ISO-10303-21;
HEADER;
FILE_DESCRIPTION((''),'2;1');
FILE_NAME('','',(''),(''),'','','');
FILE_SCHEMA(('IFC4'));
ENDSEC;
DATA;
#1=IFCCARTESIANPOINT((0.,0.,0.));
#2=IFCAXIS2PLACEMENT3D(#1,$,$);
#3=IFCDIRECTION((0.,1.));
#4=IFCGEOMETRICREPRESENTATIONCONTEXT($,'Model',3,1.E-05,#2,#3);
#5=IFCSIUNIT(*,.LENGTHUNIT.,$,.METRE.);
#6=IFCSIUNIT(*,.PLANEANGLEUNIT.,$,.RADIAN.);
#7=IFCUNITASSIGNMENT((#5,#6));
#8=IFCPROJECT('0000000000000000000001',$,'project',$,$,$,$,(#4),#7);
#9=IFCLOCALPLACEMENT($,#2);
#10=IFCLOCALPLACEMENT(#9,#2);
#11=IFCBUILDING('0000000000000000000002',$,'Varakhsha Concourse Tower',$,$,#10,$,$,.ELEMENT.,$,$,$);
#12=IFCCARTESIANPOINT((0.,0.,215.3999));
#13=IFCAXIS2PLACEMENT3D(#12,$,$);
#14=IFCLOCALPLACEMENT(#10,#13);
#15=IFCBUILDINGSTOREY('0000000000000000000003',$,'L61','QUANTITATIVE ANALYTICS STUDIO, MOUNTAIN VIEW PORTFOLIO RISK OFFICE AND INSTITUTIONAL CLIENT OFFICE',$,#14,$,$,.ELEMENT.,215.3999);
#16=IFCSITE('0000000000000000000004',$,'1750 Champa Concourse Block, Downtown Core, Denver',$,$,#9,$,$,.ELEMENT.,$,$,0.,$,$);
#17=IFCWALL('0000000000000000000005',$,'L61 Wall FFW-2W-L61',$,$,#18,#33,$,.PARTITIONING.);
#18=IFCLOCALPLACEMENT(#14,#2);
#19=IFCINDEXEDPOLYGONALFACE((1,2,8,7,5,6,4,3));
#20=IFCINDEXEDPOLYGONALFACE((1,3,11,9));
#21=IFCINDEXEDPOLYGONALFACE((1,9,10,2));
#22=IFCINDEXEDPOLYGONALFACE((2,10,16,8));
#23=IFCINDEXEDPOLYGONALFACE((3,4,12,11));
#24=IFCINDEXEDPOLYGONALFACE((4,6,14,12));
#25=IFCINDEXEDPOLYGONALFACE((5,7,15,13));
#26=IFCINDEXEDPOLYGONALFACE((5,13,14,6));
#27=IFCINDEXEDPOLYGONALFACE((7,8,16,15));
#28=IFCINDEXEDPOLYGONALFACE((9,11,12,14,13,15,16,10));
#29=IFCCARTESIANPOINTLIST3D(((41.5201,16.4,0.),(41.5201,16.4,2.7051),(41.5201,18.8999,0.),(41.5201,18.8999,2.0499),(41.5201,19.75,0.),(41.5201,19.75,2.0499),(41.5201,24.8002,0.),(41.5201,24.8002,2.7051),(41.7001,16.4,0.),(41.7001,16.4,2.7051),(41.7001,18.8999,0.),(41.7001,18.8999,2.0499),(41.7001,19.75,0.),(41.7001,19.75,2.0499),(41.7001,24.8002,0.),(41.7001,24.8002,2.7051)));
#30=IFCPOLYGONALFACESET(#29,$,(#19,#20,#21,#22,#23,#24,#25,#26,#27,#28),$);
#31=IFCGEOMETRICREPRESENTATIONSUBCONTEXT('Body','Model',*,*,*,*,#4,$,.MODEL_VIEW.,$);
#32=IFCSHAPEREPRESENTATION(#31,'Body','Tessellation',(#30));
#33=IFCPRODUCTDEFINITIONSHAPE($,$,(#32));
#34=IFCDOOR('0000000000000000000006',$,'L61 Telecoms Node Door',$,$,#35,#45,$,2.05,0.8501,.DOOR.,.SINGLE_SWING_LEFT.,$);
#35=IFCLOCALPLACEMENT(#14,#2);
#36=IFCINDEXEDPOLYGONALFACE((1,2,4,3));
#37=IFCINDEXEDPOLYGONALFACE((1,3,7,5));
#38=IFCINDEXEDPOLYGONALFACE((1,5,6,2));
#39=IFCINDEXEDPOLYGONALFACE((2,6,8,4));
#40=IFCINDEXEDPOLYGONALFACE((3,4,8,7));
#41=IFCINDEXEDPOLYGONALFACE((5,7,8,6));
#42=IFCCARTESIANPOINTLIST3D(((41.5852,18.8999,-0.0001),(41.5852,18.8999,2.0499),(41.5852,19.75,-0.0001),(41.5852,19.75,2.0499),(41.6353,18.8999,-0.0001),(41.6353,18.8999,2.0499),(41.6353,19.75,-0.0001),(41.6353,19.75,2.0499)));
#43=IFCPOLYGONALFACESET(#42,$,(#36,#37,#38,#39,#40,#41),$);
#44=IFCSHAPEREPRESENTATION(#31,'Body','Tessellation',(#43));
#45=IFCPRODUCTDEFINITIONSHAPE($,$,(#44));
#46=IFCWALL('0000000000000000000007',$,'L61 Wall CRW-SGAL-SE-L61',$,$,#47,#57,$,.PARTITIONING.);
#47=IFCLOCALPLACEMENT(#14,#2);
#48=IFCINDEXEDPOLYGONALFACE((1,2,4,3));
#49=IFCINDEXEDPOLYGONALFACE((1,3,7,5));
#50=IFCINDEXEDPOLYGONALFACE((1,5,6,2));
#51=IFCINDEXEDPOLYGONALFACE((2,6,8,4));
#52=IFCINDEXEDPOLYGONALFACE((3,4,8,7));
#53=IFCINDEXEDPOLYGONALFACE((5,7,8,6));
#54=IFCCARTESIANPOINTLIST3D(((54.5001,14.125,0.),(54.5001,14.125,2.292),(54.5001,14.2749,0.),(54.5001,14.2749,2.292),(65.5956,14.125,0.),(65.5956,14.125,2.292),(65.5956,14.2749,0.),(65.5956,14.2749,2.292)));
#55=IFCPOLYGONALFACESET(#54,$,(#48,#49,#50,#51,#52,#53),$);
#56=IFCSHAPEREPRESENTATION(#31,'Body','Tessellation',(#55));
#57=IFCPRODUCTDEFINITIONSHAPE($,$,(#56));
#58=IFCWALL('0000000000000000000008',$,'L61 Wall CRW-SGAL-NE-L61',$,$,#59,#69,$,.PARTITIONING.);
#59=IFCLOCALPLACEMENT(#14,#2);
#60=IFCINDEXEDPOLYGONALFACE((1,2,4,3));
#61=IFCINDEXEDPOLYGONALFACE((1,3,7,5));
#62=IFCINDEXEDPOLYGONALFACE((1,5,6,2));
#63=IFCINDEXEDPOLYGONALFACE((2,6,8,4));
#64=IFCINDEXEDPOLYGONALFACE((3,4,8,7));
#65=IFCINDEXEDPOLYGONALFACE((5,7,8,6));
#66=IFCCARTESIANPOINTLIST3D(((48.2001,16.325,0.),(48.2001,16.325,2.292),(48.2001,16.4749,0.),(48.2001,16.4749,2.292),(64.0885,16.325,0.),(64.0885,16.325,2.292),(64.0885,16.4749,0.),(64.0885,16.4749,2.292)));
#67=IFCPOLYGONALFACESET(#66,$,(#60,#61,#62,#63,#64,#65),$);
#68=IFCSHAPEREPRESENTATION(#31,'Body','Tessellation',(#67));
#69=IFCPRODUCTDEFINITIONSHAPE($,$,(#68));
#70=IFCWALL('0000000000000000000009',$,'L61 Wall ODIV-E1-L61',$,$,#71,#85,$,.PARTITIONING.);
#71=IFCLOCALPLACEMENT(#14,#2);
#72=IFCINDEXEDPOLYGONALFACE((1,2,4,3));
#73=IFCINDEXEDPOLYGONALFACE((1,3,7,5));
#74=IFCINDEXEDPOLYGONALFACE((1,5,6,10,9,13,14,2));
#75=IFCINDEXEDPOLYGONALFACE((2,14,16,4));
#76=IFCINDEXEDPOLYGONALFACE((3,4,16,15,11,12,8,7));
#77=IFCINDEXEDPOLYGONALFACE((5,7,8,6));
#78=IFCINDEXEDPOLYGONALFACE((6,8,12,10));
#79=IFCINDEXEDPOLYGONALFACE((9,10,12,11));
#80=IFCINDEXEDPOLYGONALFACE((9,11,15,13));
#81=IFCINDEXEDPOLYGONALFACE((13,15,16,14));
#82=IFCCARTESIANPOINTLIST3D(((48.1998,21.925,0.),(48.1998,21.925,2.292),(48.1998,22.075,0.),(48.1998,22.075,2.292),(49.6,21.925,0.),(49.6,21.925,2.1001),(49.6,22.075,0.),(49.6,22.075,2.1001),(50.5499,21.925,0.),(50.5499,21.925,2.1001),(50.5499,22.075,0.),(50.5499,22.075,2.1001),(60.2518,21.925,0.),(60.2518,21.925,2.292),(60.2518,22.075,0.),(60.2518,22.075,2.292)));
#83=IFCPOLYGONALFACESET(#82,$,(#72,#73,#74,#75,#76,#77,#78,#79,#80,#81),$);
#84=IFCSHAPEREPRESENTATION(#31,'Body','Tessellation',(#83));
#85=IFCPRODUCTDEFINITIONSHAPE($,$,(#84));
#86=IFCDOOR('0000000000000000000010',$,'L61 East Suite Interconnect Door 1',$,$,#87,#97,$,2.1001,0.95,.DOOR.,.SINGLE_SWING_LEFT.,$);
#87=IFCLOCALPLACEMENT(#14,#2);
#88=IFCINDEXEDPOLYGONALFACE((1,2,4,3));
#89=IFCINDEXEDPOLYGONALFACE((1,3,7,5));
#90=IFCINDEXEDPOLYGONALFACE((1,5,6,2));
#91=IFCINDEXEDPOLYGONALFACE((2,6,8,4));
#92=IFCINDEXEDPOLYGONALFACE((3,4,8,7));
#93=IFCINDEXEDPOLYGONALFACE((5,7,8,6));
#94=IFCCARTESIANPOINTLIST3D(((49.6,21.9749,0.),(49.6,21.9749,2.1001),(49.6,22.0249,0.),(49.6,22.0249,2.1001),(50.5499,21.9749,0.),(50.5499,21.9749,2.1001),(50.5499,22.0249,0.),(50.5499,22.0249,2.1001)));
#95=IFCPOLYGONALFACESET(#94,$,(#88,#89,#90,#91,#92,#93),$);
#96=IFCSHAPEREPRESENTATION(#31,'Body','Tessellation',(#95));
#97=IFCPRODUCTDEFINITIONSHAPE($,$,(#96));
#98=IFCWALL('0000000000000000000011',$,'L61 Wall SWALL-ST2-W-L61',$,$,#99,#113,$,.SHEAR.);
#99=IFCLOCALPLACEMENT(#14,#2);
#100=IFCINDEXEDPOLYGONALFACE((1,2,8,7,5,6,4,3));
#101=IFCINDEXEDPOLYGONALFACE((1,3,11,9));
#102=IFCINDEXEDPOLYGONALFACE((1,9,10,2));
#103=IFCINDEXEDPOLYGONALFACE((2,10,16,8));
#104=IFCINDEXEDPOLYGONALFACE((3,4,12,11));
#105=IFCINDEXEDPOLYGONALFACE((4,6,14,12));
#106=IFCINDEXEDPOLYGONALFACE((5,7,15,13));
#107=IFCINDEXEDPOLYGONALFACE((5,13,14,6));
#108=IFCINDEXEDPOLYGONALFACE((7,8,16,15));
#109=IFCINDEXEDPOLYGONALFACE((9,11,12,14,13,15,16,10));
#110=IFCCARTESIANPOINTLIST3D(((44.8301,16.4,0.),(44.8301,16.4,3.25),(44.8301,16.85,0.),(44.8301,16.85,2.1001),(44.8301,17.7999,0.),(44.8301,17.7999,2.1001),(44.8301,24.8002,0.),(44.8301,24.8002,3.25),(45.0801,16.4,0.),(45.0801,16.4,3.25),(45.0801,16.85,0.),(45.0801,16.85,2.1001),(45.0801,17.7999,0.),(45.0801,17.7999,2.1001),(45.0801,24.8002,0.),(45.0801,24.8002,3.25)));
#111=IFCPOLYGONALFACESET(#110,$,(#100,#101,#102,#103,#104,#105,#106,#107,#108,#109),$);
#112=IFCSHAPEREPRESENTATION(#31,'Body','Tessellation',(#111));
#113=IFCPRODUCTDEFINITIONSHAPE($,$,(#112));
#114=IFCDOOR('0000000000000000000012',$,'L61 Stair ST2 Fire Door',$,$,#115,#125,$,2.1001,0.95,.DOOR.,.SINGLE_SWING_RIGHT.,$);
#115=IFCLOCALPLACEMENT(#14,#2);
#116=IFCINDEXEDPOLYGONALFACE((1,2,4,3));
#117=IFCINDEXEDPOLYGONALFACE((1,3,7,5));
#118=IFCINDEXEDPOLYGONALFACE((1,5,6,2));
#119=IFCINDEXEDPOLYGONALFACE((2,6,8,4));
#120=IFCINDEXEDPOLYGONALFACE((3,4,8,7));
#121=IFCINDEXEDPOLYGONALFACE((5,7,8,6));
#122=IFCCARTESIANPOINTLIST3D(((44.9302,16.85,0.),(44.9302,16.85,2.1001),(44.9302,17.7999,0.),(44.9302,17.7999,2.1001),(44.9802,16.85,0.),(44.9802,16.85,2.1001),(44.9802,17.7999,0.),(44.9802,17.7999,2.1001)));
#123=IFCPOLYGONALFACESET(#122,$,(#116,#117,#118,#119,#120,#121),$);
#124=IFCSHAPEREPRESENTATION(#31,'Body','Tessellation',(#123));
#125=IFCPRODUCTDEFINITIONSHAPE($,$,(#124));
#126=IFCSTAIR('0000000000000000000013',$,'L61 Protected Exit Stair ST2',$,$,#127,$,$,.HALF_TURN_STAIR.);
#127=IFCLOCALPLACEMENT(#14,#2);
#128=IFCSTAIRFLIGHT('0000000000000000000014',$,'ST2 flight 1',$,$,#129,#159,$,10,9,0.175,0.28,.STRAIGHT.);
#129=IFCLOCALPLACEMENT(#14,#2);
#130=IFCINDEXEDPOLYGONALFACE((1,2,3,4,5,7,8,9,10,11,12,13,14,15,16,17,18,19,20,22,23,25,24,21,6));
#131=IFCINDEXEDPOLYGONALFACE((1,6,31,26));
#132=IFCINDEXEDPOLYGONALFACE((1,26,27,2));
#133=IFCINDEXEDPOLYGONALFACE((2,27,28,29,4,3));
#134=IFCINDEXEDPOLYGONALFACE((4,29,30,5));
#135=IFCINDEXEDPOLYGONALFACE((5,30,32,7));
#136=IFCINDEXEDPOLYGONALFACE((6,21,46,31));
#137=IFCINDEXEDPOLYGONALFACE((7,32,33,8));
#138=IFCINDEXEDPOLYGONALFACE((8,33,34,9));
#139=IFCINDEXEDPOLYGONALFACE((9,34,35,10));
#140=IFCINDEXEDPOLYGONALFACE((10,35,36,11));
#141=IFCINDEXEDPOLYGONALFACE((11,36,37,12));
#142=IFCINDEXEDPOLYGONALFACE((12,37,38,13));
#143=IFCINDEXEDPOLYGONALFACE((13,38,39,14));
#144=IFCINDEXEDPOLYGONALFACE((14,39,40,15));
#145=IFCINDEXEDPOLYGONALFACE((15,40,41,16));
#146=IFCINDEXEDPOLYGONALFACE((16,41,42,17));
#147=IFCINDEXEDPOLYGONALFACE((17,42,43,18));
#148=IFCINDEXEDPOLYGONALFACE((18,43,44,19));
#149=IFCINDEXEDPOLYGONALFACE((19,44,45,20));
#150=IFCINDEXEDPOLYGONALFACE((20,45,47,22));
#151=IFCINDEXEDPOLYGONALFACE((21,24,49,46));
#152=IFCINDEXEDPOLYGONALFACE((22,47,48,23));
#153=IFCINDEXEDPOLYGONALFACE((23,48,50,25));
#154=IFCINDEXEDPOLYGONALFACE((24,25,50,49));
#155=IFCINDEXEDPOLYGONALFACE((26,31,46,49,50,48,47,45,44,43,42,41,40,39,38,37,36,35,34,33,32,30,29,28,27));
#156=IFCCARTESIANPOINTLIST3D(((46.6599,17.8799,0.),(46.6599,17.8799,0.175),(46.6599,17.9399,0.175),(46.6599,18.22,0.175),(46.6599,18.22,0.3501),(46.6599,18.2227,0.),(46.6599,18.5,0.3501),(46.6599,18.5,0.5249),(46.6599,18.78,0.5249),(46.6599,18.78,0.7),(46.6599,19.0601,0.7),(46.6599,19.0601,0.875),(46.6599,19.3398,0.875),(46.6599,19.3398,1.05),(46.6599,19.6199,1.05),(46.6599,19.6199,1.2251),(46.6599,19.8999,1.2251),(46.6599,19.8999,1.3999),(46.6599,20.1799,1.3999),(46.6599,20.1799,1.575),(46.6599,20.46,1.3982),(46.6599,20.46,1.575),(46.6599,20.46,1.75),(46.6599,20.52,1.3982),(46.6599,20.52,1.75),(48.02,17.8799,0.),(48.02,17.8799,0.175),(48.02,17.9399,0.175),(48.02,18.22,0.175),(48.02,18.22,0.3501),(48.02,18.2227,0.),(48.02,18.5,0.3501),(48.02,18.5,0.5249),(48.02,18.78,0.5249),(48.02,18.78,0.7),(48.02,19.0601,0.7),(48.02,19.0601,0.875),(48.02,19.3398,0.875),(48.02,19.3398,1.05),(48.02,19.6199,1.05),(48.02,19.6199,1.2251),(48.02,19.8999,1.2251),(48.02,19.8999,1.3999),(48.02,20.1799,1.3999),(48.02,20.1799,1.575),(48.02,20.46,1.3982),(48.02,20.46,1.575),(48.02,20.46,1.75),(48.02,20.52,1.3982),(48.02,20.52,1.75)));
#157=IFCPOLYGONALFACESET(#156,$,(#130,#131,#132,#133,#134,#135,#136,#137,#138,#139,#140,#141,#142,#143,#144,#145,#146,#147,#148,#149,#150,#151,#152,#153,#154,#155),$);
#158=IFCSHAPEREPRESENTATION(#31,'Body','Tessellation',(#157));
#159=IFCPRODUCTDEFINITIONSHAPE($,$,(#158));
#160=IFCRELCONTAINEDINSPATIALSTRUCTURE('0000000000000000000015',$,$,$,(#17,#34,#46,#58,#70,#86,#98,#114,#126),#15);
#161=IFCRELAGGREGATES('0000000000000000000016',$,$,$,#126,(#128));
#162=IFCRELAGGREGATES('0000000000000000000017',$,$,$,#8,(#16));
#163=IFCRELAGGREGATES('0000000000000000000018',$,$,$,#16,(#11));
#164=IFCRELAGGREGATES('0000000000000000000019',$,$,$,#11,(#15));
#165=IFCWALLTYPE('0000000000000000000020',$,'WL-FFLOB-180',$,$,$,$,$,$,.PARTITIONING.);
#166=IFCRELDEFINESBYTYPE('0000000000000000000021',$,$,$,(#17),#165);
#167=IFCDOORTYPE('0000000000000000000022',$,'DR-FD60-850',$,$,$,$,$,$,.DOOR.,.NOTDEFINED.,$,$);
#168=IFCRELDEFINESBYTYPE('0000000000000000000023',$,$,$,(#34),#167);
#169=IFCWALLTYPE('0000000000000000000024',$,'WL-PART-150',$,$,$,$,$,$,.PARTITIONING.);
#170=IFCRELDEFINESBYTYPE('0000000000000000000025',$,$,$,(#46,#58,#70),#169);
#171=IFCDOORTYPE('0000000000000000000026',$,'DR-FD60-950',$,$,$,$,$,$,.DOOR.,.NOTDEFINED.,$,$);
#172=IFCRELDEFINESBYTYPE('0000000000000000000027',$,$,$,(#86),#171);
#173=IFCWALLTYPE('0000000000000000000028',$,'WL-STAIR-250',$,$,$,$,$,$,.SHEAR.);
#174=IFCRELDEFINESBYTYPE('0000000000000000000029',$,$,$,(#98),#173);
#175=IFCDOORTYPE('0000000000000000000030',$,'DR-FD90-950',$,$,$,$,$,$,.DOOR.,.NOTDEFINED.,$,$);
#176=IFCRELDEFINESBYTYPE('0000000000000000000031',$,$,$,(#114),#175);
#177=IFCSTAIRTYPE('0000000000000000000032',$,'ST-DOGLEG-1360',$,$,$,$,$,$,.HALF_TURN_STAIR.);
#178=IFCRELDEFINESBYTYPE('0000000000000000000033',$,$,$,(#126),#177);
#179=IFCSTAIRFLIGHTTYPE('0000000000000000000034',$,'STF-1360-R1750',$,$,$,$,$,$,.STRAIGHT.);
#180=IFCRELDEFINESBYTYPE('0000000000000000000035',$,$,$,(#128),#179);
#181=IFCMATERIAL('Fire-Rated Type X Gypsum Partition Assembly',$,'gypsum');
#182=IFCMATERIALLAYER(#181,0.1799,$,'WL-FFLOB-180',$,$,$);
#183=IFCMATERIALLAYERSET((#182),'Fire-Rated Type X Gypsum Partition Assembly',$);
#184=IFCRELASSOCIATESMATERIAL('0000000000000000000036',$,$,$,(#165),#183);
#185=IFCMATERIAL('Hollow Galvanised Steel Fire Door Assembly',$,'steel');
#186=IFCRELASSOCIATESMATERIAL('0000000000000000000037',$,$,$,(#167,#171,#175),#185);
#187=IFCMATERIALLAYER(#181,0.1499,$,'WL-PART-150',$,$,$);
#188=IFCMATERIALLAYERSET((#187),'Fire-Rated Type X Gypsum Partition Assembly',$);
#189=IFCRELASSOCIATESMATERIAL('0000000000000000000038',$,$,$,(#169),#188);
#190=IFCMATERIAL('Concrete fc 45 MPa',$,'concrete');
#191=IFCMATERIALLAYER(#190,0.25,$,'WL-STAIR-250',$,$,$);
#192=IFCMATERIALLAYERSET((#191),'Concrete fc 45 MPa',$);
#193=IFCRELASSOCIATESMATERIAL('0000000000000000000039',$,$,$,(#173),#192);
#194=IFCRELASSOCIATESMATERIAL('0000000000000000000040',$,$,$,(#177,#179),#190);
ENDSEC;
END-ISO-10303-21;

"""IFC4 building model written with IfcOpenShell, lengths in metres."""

from ifc_helpers import new_model, si_unit, direction, frame, frame_2d, origin, place, context, subcontext, project, spatial, polyline, rectangle, outline, extrude, material, layer, layer_set, type_object, element, fill, aggregate, save


model = new_model("IFC4")

# Units and contexts
model_context = context("Model", 3, precision=1e-05, world=origin(), true_north=direction((0.0, 1.0)))
body_context = subcontext(model_context, "Body", "Model", "MODEL_VIEW")
ifc_project = project(units=[si_unit("LENGTHUNIT", "METRE"), si_unit("PLANEANGLEUNIT", "RADIAN")], contexts=[model_context])

# Site, building, storey
site_placement = place(None, origin())
site = spatial("IfcSite", under=ifc_project, at=site_placement, Name="1750 Champa Concourse Block, Downtown Core, Denver", CompositionType="ELEMENT", RefElevation=0.0)
building_placement = place(site_placement, origin())
building = spatial("IfcBuilding", under=site, at=building_placement, Name="Varakhsha Concourse Tower", CompositionType="ELEMENT")
storey_placement = place(building_placement, frame((0.0, 0.0, 215.3999)))
storey = spatial("IfcBuildingStorey", under=building, at=storey_placement, Name="L61", Description="QUANTITATIVE ANALYTICS STUDIO, MOUNTAIN VIEW PORTFOLIO RISK OFFICE AND INSTITUTIONAL CLIENT OFFICE", CompositionType="ELEMENT", Elevation=215.3999)

# Wall, opening, door
ifc_material_1 = material(Name="Fire-Rated Type X Gypsum Partition Assembly", Category="gypsum")
ifc_layer_1 = layer(ifc_material_1, 0.1799, Name="WL-FFLOB-180")
ifc_layer_set_1 = layer_set([ifc_layer_1], Name="Fire-Rated Type X Gypsum Partition Assembly")
wall_type_1 = type_object("IfcWallType", Name="WL-FFLOB-180", PredefinedType="PARTITIONING", material=ifc_layer_set_1)
wall_1_placement = place(storey_placement, frame((41.6101, 16.3999, 0.0), z_axis=(0.0, 0.0, 1.0), x_axis=(0.0, 1.0, 0.0)))
wall_1 = element("IfcWall", 1, at=wall_1_placement, inside=storey, type_object=wall_type_1, Name="L61 Wall FFW-2W-L61", PredefinedType="PARTITIONING", context=body_context, shape_type="SweptSolid", body=[
    extrude(rectangle(XDim=8.4001, YDim=0.1799, at=frame_2d((4.2002, 0.0))), origin(), (0.0, 0.0, 1.0), 2.7051),
])
opening_1_placement = place(wall_1_placement, frame((2.5, 0.0, 0.0)))
opening_1 = element("IfcOpeningElement", 2, at=opening_1_placement, cuts=wall_1, PredefinedType="OPENING", context=body_context, shape_type="SweptSolid", body=[
    extrude(rectangle(XDim=0.8501, YDim=2.05, at=frame_2d((0.425, 1.0249))), frame((0.0, 0.0999, 0.0), z_axis=(0.0, -1.0, 0.0), x_axis=(1.0, 0.0, 0.0)), (0.0, 0.0, 1.0), 0.2),
])
ifc_material_2 = material(Name="Hollow Galvanised Steel Fire Door Assembly", Category="steel")
door_type_1 = type_object("IfcDoorType", Name="DR-FD60-850", OperationType="NOTDEFINED", PredefinedType="DOOR", material=ifc_material_2)
door_1_placement = place(opening_1_placement, origin())
door_1 = element("IfcDoor", 3, at=door_1_placement, inside=storey, type_object=door_type_1, Name="L61 Telecoms Node Door", OperationType="SINGLE_SWING_LEFT", OverallHeight=2.05, OverallWidth=0.8501, PredefinedType="DOOR", context=body_context, shape_type="SweptSolid", body=[
    extrude(rectangle(XDim=0.8501, YDim=2.05, at=frame_2d((0.425, 1.0249))), frame((0.0, 0.0249, 0.0), z_axis=(0.0, -1.0, 0.0), x_axis=(1.0, 0.0, 0.0)), (0.0, 0.0, 1.0), 0.05),
])
fill(opening_1, door_1)

# Walls
ifc_layer_2 = layer(ifc_material_1, 0.1499, Name="WL-PART-150")
ifc_layer_set_2 = layer_set([ifc_layer_2], Name="Fire-Rated Type X Gypsum Partition Assembly")
wall_type_2 = type_object("IfcWallType", Name="WL-PART-150", PredefinedType="PARTITIONING", material=ifc_layer_set_2)
wall_2_placement = place(storey_placement, frame((54.5, 14.2, 0.0), z_axis=(0.0, 0.0, 1.0), x_axis=(1.0, 0.0, 0.0)))
element("IfcWall", 4, at=wall_2_placement, inside=storey, type_object=wall_type_2, Name="L61 Wall CRW-SGAL-SE-L61", PredefinedType="PARTITIONING", context=body_context, shape_type="SweptSolid", body=[
    extrude(rectangle(XDim=11.0955, YDim=0.1499, at=frame_2d((5.5479, 0.0))), origin(), (0.0, 0.0, 1.0), 2.292),
])
wall_3_placement = place(storey_placement, frame((48.2, 16.3999, 0.0), z_axis=(0.0, 0.0, 1.0), x_axis=(1.0, 0.0, 0.0)))
element("IfcWall", 5, at=wall_3_placement, inside=storey, type_object=wall_type_2, Name="L61 Wall CRW-SGAL-NE-L61", PredefinedType="PARTITIONING", context=body_context, shape_type="SweptSolid", body=[
    extrude(rectangle(XDim=15.8884, YDim=0.1499, at=frame_2d((7.9443, 0.0))), origin(), (0.0, 0.0, 1.0), 2.292),
])

# Walls, openings, doors
wall_4_placement = place(storey_placement, frame((48.2, 22.0, 0.0), z_axis=(0.0, 0.0, 1.0), x_axis=(1.0, 0.0, 0.0)))
wall_4 = element("IfcWall", 6, at=wall_4_placement, inside=storey, type_object=wall_type_2, Name="L61 Wall ODIV-E1-L61", PredefinedType="PARTITIONING", context=body_context, shape_type="SweptSolid", body=[
    extrude(rectangle(XDim=12.052, YDim=0.1499, at=frame_2d((6.0259, 0.0))), origin(), (0.0, 0.0, 1.0), 2.292),
])
opening_2_placement = place(wall_4_placement, frame((1.3999, 0.0, 0.0)))
opening_2 = element("IfcOpeningElement", 7, at=opening_2_placement, cuts=wall_4, PredefinedType="OPENING", context=body_context, shape_type="SweptSolid", body=[
    extrude(rectangle(XDim=0.95, YDim=2.1001, at=frame_2d((0.4751, 1.05))), frame((0.0, 0.085, 0.0), z_axis=(0.0, -1.0, 0.0), x_axis=(1.0, 0.0, 0.0)), (0.0, 0.0, 1.0), 0.1699),
])
door_type_2 = type_object("IfcDoorType", Name="DR-FD60-950", OperationType="NOTDEFINED", PredefinedType="DOOR", material=ifc_material_2)
door_2_placement = place(opening_2_placement, origin())
door_2 = element("IfcDoor", 8, at=door_2_placement, inside=storey, type_object=door_type_2, Name="L61 East Suite Interconnect Door 1", OperationType="SINGLE_SWING_LEFT", OverallHeight=2.1001, OverallWidth=0.95, PredefinedType="DOOR", context=body_context, shape_type="SweptSolid", body=[
    extrude(rectangle(XDim=0.95, YDim=2.1001, at=frame_2d((0.4751, 1.05))), frame((0.0, 0.0249, 0.0), z_axis=(0.0, -1.0, 0.0), x_axis=(1.0, 0.0, 0.0)), (0.0, 0.0, 1.0), 0.05),
])
fill(opening_2, door_2)
ifc_material_3 = material(Name="Concrete fc 45 MPa", Category="concrete")
ifc_layer_3 = layer(ifc_material_3, 0.25, Name="WL-STAIR-250")
ifc_layer_set_3 = layer_set([ifc_layer_3], Name="Concrete fc 45 MPa")
wall_type_3 = type_object("IfcWallType", Name="WL-STAIR-250", PredefinedType="SHEAR", material=ifc_layer_set_3)
wall_5_placement = place(storey_placement, frame((44.9551, 16.3999, 0.0), z_axis=(0.0, 0.0, 1.0), x_axis=(0.0, 1.0, 0.0)))
wall_5 = element("IfcWall", 9, at=wall_5_placement, inside=storey, type_object=wall_type_3, Name="L61 Wall SWALL-ST2-W-L61", PredefinedType="SHEAR", context=body_context, shape_type="SweptSolid", body=[
    extrude(rectangle(XDim=8.4001, YDim=0.25, at=frame_2d((4.2002, 0.0))), origin(), (0.0, 0.0, 1.0), 3.25),
])
opening_3_placement = place(wall_5_placement, frame((0.45, 0.0, 0.0)))
opening_3 = element("IfcOpeningElement", 10, at=opening_3_placement, cuts=wall_5, PredefinedType="OPENING", context=body_context, shape_type="SweptSolid", body=[
    extrude(rectangle(XDim=0.95, YDim=2.1001, at=frame_2d((0.4751, 1.05))), frame((0.0, 0.135, 0.0), z_axis=(0.0, -1.0, 0.0), x_axis=(1.0, 0.0, 0.0)), (0.0, 0.0, 1.0), 0.27),
])
door_type_3 = type_object("IfcDoorType", Name="DR-FD90-950", OperationType="NOTDEFINED", PredefinedType="DOOR", material=ifc_material_2)
door_3_placement = place(opening_3_placement, origin())
door_3 = element("IfcDoor", 11, at=door_3_placement, inside=storey, type_object=door_type_3, Name="L61 Stair ST2 Fire Door", OperationType="SINGLE_SWING_RIGHT", OverallHeight=2.1001, OverallWidth=0.95, PredefinedType="DOOR", context=body_context, shape_type="SweptSolid", body=[
    extrude(rectangle(XDim=0.95, YDim=2.1001, at=frame_2d((0.4751, 1.05))), frame((0.0, 0.0249, 0.0), z_axis=(0.0, -1.0, 0.0), x_axis=(1.0, 0.0, 0.0)), (0.0, 0.0, 1.0), 0.05),
])
fill(opening_3, door_3)

# Stair, stair flight
stair_type = type_object("IfcStairType", Name="ST-DOGLEG-1360", PredefinedType="HALF_TURN_STAIR", material=ifc_material_3)
stair_placement = place(storey_placement, origin())
stair = element("IfcStair", 12, at=stair_placement, inside=storey, type_object=stair_type, Name="L61 Protected Exit Stair ST2", PredefinedType="HALF_TURN_STAIR")
stair_flight_type = type_object("IfcStairFlightType", Name="STF-1360-R1750", PredefinedType="STRAIGHT", material=ifc_material_3)
stair_flight_1_placement = place(storey_placement, frame((47.3401, 17.9399, 0.0), z_axis=(0.0, 0.0, 1.0), x_axis=(0.0, 1.0, 0.0)))
stair_flight_1 = element("IfcStairFlight", 13, at=stair_flight_1_placement, type_object=stair_flight_type, Name="ST2 flight 1", NumberOfRisers=10, NumberOfTreads=9, PredefinedType="STRAIGHT", RiserHeight=0.175, TreadLength=0.28, context=body_context, shape_type="SweptSolid", body=[
    extrude(outline(polyline([(-0.0601, 0.0), (-0.0601, 0.175), (0.0, 0.175), (0.28, 0.175), (0.28, 0.3501), (0.5601, 0.3501), (0.5601, 0.5249), (0.8401, 0.5249), (0.8401, 0.7), (1.1201, 0.7), (1.1201, 0.875), (1.3999, 0.875), (1.3999, 1.05), (1.6799, 1.05), (1.6799, 1.2251), (1.96, 1.2251), (1.96, 1.3999), (2.24, 1.3999), (2.24, 1.575), (2.52, 1.575), (2.52, 1.75), (2.5801, 1.75), (2.5801, 1.3982), (2.52, 1.3982), (0.2827, 0.0), (-0.0601, 0.0)])), frame((0.0, 0.6802, 0.0), z_axis=(0.0, -1.0, 0.0), x_axis=(1.0, 0.0, 0.0)), (0.0, 0.0, 1.0), 1.3601),
])
aggregate(stair, [stair_flight_1])

save(model, "model.ifc")
